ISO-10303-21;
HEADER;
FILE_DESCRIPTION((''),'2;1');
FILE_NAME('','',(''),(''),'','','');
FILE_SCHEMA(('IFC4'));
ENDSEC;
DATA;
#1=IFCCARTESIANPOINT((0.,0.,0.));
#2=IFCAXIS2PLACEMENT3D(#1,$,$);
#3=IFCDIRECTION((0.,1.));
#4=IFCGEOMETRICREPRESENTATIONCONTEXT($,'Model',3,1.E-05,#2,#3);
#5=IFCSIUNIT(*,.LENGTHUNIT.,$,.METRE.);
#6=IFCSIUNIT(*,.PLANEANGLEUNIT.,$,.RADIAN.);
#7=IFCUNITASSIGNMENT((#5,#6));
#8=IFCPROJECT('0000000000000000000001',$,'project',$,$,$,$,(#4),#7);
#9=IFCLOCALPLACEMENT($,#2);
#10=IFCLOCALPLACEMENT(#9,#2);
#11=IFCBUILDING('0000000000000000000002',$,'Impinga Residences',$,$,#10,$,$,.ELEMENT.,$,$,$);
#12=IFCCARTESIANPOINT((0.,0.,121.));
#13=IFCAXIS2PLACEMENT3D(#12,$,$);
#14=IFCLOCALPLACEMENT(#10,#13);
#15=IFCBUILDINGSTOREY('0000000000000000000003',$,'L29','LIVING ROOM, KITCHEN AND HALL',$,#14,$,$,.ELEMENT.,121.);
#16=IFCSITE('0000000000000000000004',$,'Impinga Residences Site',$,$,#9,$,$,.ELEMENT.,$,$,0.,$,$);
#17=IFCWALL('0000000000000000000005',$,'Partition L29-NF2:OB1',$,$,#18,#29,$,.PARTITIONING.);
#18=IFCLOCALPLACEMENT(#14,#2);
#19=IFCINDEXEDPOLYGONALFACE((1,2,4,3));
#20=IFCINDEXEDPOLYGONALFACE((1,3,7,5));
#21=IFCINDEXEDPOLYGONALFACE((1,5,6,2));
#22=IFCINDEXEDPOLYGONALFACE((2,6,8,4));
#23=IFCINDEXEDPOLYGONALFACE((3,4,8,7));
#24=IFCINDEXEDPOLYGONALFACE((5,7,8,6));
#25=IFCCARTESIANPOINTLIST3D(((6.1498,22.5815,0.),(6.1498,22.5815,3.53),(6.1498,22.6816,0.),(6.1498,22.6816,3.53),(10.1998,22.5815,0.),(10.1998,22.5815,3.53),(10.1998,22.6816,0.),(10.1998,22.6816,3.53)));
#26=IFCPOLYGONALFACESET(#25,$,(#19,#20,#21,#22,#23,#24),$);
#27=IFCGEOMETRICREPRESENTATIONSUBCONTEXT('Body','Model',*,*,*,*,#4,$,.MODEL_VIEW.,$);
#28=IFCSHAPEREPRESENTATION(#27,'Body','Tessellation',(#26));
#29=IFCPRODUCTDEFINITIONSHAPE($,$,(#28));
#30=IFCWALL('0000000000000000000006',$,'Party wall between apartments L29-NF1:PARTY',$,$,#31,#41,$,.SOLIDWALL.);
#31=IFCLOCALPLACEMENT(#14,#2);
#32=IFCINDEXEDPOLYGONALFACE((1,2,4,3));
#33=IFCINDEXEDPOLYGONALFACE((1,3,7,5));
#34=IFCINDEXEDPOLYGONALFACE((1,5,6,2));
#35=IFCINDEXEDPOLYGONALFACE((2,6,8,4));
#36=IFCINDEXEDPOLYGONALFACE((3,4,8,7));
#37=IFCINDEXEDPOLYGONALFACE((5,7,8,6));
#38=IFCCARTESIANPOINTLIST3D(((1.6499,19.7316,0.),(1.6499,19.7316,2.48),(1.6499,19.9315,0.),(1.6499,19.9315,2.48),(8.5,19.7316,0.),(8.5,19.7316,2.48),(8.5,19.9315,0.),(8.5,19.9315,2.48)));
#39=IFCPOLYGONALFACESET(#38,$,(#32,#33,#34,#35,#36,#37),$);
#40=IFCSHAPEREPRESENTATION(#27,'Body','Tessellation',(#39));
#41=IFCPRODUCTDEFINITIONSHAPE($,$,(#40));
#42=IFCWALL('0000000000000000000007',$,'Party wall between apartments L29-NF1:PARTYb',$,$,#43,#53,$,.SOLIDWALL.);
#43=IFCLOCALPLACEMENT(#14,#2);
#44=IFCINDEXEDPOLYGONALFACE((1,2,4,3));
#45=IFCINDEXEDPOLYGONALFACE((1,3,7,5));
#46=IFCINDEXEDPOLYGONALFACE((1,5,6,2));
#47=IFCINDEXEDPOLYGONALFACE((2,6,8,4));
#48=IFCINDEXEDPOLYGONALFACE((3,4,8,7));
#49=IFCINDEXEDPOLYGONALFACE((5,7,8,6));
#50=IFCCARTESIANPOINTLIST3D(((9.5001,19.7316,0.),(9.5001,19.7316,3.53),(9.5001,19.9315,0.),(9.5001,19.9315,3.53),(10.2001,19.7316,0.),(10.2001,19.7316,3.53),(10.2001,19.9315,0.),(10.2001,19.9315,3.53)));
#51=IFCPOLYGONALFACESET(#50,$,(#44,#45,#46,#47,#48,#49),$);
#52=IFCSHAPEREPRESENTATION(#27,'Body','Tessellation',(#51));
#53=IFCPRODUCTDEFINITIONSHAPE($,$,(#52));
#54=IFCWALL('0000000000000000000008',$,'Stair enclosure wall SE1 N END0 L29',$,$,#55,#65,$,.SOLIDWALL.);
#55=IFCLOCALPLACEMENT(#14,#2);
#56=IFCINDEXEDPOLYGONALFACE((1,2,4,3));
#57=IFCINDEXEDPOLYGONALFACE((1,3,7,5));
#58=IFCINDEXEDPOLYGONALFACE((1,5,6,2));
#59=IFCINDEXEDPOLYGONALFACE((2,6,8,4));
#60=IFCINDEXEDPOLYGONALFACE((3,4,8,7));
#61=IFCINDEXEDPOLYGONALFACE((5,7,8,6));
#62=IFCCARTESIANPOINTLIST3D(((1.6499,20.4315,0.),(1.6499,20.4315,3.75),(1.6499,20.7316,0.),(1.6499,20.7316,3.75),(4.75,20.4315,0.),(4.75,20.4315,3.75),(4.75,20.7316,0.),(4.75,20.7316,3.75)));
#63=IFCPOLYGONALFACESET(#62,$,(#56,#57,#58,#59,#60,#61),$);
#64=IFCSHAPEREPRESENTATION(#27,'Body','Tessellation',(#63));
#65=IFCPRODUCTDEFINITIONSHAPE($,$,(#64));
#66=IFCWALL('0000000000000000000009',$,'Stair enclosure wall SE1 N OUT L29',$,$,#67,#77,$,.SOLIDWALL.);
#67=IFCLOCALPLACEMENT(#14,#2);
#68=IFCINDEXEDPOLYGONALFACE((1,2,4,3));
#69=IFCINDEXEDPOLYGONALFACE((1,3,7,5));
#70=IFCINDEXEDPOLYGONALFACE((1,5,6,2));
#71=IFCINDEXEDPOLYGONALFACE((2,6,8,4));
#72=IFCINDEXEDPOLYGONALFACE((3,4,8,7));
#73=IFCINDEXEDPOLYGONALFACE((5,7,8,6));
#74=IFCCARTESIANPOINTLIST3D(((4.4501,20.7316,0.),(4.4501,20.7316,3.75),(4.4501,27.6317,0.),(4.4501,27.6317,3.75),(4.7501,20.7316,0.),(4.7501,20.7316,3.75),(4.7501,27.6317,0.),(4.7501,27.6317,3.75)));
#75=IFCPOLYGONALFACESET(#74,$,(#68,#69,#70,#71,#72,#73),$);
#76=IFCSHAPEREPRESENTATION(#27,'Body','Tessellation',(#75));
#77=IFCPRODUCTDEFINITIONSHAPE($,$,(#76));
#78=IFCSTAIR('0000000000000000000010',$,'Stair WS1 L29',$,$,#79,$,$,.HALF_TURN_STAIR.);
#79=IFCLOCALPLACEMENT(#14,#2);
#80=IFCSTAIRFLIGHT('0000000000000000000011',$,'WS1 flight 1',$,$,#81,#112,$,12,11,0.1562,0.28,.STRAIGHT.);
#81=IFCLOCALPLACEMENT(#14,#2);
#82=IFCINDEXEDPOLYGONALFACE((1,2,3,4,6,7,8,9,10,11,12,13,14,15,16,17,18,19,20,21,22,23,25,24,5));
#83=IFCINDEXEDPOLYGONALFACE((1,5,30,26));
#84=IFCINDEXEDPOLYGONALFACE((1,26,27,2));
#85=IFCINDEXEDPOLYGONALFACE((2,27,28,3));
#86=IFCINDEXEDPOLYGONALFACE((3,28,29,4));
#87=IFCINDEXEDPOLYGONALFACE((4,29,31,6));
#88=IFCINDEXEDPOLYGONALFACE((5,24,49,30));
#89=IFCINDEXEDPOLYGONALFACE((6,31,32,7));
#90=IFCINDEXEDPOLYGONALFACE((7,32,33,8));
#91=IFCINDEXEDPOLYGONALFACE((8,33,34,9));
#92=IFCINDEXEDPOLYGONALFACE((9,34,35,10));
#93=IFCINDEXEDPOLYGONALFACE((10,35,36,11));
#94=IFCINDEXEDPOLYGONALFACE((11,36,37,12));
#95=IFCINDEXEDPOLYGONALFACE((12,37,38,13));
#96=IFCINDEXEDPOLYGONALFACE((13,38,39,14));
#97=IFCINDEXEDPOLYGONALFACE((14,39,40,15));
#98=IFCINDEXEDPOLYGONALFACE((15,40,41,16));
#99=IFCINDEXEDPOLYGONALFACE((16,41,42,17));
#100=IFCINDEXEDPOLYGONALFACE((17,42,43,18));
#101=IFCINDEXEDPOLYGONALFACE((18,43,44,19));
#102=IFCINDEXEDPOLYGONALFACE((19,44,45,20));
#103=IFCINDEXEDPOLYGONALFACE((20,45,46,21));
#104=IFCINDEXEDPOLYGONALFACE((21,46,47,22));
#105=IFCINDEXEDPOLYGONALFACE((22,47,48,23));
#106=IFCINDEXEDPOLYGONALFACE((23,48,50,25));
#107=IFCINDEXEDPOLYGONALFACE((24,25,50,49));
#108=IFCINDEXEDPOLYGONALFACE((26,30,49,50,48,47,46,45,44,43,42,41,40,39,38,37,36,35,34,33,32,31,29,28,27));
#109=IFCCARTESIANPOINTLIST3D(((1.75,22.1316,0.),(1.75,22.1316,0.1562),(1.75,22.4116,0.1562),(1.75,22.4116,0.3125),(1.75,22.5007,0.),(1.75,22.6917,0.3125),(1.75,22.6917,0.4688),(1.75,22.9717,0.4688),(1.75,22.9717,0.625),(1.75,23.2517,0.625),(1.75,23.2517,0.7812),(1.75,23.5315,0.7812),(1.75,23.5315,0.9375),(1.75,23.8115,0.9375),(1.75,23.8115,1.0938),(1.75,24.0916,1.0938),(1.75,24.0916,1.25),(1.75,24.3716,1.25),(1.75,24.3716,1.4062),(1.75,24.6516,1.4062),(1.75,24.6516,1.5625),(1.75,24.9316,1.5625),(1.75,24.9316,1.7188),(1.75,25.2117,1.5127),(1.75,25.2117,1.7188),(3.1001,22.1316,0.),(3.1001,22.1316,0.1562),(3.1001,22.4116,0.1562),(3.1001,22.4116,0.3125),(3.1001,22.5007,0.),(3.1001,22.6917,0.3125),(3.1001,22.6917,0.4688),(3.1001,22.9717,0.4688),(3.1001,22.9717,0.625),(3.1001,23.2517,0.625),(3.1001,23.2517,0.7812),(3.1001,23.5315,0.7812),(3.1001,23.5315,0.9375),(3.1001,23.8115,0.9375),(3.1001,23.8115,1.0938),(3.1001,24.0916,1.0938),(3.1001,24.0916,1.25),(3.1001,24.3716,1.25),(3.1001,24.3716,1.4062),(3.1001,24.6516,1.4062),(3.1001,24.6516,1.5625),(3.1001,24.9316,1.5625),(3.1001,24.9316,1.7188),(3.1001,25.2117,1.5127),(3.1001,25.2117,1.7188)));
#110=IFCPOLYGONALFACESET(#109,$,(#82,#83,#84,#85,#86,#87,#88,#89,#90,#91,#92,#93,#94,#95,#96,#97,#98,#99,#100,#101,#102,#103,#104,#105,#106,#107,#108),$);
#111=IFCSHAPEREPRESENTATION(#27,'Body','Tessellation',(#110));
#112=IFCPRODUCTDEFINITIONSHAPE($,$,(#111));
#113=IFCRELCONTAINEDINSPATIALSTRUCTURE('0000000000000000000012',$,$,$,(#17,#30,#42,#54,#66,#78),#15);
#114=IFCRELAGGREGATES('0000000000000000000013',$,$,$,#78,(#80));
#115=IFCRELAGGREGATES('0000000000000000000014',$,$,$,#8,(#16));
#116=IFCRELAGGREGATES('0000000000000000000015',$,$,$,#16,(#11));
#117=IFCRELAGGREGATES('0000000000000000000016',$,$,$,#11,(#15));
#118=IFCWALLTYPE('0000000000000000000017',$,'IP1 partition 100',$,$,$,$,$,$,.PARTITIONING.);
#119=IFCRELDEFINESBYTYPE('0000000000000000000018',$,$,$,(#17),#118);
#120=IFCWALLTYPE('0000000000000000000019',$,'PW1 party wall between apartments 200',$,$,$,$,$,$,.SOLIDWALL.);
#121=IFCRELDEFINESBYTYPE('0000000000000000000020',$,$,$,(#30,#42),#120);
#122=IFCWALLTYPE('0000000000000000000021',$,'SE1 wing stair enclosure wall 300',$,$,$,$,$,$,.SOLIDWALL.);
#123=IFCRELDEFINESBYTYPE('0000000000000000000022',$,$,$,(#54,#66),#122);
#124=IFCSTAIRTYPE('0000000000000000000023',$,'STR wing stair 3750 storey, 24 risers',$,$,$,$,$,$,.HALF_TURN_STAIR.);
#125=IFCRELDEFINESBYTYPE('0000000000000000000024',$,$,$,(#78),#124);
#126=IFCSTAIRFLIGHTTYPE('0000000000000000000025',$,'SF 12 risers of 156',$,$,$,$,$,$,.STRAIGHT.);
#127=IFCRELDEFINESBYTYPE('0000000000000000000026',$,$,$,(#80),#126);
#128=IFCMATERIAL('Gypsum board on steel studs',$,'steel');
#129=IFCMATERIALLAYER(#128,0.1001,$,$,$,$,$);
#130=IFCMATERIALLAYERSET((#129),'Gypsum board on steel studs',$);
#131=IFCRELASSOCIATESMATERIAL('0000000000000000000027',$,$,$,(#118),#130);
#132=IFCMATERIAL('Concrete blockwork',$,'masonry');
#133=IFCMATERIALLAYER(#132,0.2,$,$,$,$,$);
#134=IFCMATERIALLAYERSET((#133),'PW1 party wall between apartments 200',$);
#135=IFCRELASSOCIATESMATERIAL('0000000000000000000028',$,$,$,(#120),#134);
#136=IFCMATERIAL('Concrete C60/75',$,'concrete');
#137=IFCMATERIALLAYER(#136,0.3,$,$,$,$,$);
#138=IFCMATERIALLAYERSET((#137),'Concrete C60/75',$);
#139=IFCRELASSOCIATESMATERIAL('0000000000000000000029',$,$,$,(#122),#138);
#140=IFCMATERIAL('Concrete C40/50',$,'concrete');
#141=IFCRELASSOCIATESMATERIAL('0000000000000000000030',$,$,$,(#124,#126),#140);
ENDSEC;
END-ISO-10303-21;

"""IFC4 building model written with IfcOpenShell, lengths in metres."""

from ifc_helpers import new_model, si_unit, direction, frame, frame_2d, origin, place, context, subcontext, project, spatial, polyline, rectangle, outline, extrude, material, layer, layer_set, type_object, element, aggregate, save


model = new_model("IFC4")

# Units and contexts
model_context = context("Model", 3, precision=1e-05, world=origin(), true_north=direction((0.0, 1.0)))
body_context = subcontext(model_context, "Body", "Model", "MODEL_VIEW")
ifc_project = project(units=[si_unit("LENGTHUNIT", "METRE"), si_unit("PLANEANGLEUNIT", "RADIAN")], contexts=[model_context])

# Site, building, storey
site_placement = place(None, origin())
site = spatial("IfcSite", under=ifc_project, at=site_placement, Name="Impinga Residences Site", CompositionType="ELEMENT", RefElevation=0.0)
building_placement = place(site_placement, origin())
building = spatial("IfcBuilding", under=site, at=building_placement, Name="Impinga Residences", CompositionType="ELEMENT")
storey_placement = place(building_placement, frame((0.0, 0.0, 121.0)))
storey = spatial("IfcBuildingStorey", under=building, at=storey_placement, Name="L29", Description="LIVING ROOM, KITCHEN AND HALL", CompositionType="ELEMENT", Elevation=121.0)

# Shared definitions
ifc_material_1 = material(Name="Concrete C60/75", Category="concrete")

# Shared definitions
ifc_material_2 = material(Name="Gypsum board on steel studs", Category="steel")
ifc_layer_1 = layer(ifc_material_2, 0.1001)
ifc_layer_set_1 = layer_set([ifc_layer_1], Name="Gypsum board on steel studs")
wall_type_1 = type_object("IfcWallType", Name="IP1 partition 100", PredefinedType="PARTITIONING", material=ifc_layer_set_1)

# Walls
wall_1_placement = place(storey_placement, frame((6.1499, 22.6316, 0.0), z_axis=(0.0, 0.0, 1.0), x_axis=(1.0, 0.0, 0.0)))
element("IfcWall", 1, at=wall_1_placement, inside=storey, type_object=wall_type_1, Name="Partition L29-NF2:OB1", PredefinedType="PARTITIONING", context=body_context, shape_type="SweptSolid", body=[
    extrude(rectangle(XDim=4.05, YDim=0.1001, at=frame_2d((2.0249, 0.0))), origin(), (0.0, 0.0, 1.0), 3.53),
])
ifc_material_3 = material(Name="Concrete blockwork", Category="masonry")
ifc_layer_2 = layer(ifc_material_3, 0.2)
ifc_layer_set_2 = layer_set([ifc_layer_2], Name="PW1 party wall between apartments 200")
wall_type_2 = type_object("IfcWallType", Name="PW1 party wall between apartments 200", PredefinedType="SOLIDWALL", material=ifc_layer_set_2)
wall_2_placement = place(storey_placement, frame((1.6499, 19.8315, 0.0), z_axis=(0.0, 0.0, 1.0), x_axis=(1.0, 0.0, 0.0)))
element("IfcWall", 2, at=wall_2_placement, inside=storey, type_object=wall_type_2, Name="Party wall between apartments L29-NF1:PARTY", PredefinedType="SOLIDWALL", context=body_context, shape_type="SweptSolid", body=[
    extrude(rectangle(XDim=6.8501, YDim=0.2, at=frame_2d((3.425, 0.0))), origin(), (0.0, 0.0, 1.0), 2.48),
])
wall_3_placement = place(storey_placement, frame((9.5, 19.8315, 0.0), z_axis=(0.0, 0.0, 1.0), x_axis=(1.0, 0.0, 0.0)))
element("IfcWall", 3, at=wall_3_placement, inside=storey, type_object=wall_type_2, Name="Party wall between apartments L29-NF1:PARTYb", PredefinedType="SOLIDWALL", context=body_context, shape_type="SweptSolid", body=[
    extrude(rectangle(XDim=0.7, YDim=0.2, at=frame_2d((0.3501, 0.0))), origin(), (0.0, 0.0, 1.0), 3.53),
])
ifc_layer_3 = layer(ifc_material_1, 0.3)
ifc_layer_set_3 = layer_set([ifc_layer_3], Name="Concrete C60/75")
wall_type_3 = type_object("IfcWallType", Name="SE1 wing stair enclosure wall 300", PredefinedType="SOLIDWALL", material=ifc_layer_set_3)
wall_4_placement = place(storey_placement, frame((1.6499, 20.5815, 0.0), z_axis=(0.0, 0.0, 1.0), x_axis=(1.0, 0.0, 0.0)))
element("IfcWall", 4, at=wall_4_placement, inside=storey, type_object=wall_type_3, Name="Stair enclosure wall SE1 N END0 L29", PredefinedType="SOLIDWALL", context=body_context, shape_type="SweptSolid", body=[
    extrude(rectangle(XDim=3.1001, YDim=0.3, at=frame_2d((1.55, 0.0))), origin(), (0.0, 0.0, 1.0), 3.75),
])
wall_5_placement = place(storey_placement, frame((4.6001, 20.7314, 0.0), z_axis=(0.0, 0.0, 1.0), x_axis=(0.0, 1.0, 0.0)))
element("IfcWall", 5, at=wall_5_placement, inside=storey, type_object=wall_type_3, Name="Stair enclosure wall SE1 N OUT L29", PredefinedType="SOLIDWALL", context=body_context, shape_type="SweptSolid", body=[
    extrude(rectangle(XDim=6.9001, YDim=0.3, at=frame_2d((3.4502, 0.0))), origin(), (0.0, 0.0, 1.0), 3.75),
])

# Stair, stair flight
ifc_material_4 = material(Name="Concrete C40/50", Category="concrete")
stair_type = type_object("IfcStairType", Name="STR wing stair 3750 storey, 24 risers", PredefinedType="HALF_TURN_STAIR", material=ifc_material_4)
stair_placement = place(storey_placement, origin())
stair = element("IfcStair", 6, at=stair_placement, inside=storey, type_object=stair_type, Name="Stair WS1 L29", PredefinedType="HALF_TURN_STAIR")
stair_flight_type = type_object("IfcStairFlightType", Name="SF 12 risers of 156", PredefinedType="STRAIGHT", material=ifc_material_4)
stair_flight_placement = place(storey_placement, frame((2.425, 22.1316, 0.0), z_axis=(0.0, 0.0, 1.0), x_axis=(0.0, 1.0, 0.0)))
stair_flight = element("IfcStairFlight", 7, at=stair_flight_placement, type_object=stair_flight_type, Name="WS1 flight 1", NumberOfRisers=12, NumberOfTreads=11, PredefinedType="STRAIGHT", RiserHeight=0.1562, TreadLength=0.28, context=body_context, shape_type="SweptSolid", body=[
    extrude(outline(polyline([(0.0, 0.0), (0.0, 0.1562), (0.28, 0.1562), (0.28, 0.3125), (0.5601, 0.3125), (0.5601, 0.4688), (0.8401, 0.4688), (0.8401, 0.625), (1.1201, 0.625), (1.1201, 0.7812), (1.3999, 0.7812), (1.3999, 0.9375), (1.6799, 0.9375), (1.6799, 1.0938), (1.96, 1.0938), (1.96, 1.25), (2.24, 1.25), (2.24, 1.4062), (2.52, 1.4062), (2.52, 1.5625), (2.8, 1.5625), (2.8, 1.7188), (3.0801, 1.7188), (3.0801, 1.875), (3.0801, 1.5127), (0.3691, 0.0), (0.0, 0.0)])), frame((0.0, 0.675, 0.0), z_axis=(0.0, -1.0, 0.0), x_axis=(1.0, 0.0, 0.0)), (0.0, 0.0, 1.0), 1.3501),
])
aggregate(stair, [stair_flight])

save(model, "model.ifc")
